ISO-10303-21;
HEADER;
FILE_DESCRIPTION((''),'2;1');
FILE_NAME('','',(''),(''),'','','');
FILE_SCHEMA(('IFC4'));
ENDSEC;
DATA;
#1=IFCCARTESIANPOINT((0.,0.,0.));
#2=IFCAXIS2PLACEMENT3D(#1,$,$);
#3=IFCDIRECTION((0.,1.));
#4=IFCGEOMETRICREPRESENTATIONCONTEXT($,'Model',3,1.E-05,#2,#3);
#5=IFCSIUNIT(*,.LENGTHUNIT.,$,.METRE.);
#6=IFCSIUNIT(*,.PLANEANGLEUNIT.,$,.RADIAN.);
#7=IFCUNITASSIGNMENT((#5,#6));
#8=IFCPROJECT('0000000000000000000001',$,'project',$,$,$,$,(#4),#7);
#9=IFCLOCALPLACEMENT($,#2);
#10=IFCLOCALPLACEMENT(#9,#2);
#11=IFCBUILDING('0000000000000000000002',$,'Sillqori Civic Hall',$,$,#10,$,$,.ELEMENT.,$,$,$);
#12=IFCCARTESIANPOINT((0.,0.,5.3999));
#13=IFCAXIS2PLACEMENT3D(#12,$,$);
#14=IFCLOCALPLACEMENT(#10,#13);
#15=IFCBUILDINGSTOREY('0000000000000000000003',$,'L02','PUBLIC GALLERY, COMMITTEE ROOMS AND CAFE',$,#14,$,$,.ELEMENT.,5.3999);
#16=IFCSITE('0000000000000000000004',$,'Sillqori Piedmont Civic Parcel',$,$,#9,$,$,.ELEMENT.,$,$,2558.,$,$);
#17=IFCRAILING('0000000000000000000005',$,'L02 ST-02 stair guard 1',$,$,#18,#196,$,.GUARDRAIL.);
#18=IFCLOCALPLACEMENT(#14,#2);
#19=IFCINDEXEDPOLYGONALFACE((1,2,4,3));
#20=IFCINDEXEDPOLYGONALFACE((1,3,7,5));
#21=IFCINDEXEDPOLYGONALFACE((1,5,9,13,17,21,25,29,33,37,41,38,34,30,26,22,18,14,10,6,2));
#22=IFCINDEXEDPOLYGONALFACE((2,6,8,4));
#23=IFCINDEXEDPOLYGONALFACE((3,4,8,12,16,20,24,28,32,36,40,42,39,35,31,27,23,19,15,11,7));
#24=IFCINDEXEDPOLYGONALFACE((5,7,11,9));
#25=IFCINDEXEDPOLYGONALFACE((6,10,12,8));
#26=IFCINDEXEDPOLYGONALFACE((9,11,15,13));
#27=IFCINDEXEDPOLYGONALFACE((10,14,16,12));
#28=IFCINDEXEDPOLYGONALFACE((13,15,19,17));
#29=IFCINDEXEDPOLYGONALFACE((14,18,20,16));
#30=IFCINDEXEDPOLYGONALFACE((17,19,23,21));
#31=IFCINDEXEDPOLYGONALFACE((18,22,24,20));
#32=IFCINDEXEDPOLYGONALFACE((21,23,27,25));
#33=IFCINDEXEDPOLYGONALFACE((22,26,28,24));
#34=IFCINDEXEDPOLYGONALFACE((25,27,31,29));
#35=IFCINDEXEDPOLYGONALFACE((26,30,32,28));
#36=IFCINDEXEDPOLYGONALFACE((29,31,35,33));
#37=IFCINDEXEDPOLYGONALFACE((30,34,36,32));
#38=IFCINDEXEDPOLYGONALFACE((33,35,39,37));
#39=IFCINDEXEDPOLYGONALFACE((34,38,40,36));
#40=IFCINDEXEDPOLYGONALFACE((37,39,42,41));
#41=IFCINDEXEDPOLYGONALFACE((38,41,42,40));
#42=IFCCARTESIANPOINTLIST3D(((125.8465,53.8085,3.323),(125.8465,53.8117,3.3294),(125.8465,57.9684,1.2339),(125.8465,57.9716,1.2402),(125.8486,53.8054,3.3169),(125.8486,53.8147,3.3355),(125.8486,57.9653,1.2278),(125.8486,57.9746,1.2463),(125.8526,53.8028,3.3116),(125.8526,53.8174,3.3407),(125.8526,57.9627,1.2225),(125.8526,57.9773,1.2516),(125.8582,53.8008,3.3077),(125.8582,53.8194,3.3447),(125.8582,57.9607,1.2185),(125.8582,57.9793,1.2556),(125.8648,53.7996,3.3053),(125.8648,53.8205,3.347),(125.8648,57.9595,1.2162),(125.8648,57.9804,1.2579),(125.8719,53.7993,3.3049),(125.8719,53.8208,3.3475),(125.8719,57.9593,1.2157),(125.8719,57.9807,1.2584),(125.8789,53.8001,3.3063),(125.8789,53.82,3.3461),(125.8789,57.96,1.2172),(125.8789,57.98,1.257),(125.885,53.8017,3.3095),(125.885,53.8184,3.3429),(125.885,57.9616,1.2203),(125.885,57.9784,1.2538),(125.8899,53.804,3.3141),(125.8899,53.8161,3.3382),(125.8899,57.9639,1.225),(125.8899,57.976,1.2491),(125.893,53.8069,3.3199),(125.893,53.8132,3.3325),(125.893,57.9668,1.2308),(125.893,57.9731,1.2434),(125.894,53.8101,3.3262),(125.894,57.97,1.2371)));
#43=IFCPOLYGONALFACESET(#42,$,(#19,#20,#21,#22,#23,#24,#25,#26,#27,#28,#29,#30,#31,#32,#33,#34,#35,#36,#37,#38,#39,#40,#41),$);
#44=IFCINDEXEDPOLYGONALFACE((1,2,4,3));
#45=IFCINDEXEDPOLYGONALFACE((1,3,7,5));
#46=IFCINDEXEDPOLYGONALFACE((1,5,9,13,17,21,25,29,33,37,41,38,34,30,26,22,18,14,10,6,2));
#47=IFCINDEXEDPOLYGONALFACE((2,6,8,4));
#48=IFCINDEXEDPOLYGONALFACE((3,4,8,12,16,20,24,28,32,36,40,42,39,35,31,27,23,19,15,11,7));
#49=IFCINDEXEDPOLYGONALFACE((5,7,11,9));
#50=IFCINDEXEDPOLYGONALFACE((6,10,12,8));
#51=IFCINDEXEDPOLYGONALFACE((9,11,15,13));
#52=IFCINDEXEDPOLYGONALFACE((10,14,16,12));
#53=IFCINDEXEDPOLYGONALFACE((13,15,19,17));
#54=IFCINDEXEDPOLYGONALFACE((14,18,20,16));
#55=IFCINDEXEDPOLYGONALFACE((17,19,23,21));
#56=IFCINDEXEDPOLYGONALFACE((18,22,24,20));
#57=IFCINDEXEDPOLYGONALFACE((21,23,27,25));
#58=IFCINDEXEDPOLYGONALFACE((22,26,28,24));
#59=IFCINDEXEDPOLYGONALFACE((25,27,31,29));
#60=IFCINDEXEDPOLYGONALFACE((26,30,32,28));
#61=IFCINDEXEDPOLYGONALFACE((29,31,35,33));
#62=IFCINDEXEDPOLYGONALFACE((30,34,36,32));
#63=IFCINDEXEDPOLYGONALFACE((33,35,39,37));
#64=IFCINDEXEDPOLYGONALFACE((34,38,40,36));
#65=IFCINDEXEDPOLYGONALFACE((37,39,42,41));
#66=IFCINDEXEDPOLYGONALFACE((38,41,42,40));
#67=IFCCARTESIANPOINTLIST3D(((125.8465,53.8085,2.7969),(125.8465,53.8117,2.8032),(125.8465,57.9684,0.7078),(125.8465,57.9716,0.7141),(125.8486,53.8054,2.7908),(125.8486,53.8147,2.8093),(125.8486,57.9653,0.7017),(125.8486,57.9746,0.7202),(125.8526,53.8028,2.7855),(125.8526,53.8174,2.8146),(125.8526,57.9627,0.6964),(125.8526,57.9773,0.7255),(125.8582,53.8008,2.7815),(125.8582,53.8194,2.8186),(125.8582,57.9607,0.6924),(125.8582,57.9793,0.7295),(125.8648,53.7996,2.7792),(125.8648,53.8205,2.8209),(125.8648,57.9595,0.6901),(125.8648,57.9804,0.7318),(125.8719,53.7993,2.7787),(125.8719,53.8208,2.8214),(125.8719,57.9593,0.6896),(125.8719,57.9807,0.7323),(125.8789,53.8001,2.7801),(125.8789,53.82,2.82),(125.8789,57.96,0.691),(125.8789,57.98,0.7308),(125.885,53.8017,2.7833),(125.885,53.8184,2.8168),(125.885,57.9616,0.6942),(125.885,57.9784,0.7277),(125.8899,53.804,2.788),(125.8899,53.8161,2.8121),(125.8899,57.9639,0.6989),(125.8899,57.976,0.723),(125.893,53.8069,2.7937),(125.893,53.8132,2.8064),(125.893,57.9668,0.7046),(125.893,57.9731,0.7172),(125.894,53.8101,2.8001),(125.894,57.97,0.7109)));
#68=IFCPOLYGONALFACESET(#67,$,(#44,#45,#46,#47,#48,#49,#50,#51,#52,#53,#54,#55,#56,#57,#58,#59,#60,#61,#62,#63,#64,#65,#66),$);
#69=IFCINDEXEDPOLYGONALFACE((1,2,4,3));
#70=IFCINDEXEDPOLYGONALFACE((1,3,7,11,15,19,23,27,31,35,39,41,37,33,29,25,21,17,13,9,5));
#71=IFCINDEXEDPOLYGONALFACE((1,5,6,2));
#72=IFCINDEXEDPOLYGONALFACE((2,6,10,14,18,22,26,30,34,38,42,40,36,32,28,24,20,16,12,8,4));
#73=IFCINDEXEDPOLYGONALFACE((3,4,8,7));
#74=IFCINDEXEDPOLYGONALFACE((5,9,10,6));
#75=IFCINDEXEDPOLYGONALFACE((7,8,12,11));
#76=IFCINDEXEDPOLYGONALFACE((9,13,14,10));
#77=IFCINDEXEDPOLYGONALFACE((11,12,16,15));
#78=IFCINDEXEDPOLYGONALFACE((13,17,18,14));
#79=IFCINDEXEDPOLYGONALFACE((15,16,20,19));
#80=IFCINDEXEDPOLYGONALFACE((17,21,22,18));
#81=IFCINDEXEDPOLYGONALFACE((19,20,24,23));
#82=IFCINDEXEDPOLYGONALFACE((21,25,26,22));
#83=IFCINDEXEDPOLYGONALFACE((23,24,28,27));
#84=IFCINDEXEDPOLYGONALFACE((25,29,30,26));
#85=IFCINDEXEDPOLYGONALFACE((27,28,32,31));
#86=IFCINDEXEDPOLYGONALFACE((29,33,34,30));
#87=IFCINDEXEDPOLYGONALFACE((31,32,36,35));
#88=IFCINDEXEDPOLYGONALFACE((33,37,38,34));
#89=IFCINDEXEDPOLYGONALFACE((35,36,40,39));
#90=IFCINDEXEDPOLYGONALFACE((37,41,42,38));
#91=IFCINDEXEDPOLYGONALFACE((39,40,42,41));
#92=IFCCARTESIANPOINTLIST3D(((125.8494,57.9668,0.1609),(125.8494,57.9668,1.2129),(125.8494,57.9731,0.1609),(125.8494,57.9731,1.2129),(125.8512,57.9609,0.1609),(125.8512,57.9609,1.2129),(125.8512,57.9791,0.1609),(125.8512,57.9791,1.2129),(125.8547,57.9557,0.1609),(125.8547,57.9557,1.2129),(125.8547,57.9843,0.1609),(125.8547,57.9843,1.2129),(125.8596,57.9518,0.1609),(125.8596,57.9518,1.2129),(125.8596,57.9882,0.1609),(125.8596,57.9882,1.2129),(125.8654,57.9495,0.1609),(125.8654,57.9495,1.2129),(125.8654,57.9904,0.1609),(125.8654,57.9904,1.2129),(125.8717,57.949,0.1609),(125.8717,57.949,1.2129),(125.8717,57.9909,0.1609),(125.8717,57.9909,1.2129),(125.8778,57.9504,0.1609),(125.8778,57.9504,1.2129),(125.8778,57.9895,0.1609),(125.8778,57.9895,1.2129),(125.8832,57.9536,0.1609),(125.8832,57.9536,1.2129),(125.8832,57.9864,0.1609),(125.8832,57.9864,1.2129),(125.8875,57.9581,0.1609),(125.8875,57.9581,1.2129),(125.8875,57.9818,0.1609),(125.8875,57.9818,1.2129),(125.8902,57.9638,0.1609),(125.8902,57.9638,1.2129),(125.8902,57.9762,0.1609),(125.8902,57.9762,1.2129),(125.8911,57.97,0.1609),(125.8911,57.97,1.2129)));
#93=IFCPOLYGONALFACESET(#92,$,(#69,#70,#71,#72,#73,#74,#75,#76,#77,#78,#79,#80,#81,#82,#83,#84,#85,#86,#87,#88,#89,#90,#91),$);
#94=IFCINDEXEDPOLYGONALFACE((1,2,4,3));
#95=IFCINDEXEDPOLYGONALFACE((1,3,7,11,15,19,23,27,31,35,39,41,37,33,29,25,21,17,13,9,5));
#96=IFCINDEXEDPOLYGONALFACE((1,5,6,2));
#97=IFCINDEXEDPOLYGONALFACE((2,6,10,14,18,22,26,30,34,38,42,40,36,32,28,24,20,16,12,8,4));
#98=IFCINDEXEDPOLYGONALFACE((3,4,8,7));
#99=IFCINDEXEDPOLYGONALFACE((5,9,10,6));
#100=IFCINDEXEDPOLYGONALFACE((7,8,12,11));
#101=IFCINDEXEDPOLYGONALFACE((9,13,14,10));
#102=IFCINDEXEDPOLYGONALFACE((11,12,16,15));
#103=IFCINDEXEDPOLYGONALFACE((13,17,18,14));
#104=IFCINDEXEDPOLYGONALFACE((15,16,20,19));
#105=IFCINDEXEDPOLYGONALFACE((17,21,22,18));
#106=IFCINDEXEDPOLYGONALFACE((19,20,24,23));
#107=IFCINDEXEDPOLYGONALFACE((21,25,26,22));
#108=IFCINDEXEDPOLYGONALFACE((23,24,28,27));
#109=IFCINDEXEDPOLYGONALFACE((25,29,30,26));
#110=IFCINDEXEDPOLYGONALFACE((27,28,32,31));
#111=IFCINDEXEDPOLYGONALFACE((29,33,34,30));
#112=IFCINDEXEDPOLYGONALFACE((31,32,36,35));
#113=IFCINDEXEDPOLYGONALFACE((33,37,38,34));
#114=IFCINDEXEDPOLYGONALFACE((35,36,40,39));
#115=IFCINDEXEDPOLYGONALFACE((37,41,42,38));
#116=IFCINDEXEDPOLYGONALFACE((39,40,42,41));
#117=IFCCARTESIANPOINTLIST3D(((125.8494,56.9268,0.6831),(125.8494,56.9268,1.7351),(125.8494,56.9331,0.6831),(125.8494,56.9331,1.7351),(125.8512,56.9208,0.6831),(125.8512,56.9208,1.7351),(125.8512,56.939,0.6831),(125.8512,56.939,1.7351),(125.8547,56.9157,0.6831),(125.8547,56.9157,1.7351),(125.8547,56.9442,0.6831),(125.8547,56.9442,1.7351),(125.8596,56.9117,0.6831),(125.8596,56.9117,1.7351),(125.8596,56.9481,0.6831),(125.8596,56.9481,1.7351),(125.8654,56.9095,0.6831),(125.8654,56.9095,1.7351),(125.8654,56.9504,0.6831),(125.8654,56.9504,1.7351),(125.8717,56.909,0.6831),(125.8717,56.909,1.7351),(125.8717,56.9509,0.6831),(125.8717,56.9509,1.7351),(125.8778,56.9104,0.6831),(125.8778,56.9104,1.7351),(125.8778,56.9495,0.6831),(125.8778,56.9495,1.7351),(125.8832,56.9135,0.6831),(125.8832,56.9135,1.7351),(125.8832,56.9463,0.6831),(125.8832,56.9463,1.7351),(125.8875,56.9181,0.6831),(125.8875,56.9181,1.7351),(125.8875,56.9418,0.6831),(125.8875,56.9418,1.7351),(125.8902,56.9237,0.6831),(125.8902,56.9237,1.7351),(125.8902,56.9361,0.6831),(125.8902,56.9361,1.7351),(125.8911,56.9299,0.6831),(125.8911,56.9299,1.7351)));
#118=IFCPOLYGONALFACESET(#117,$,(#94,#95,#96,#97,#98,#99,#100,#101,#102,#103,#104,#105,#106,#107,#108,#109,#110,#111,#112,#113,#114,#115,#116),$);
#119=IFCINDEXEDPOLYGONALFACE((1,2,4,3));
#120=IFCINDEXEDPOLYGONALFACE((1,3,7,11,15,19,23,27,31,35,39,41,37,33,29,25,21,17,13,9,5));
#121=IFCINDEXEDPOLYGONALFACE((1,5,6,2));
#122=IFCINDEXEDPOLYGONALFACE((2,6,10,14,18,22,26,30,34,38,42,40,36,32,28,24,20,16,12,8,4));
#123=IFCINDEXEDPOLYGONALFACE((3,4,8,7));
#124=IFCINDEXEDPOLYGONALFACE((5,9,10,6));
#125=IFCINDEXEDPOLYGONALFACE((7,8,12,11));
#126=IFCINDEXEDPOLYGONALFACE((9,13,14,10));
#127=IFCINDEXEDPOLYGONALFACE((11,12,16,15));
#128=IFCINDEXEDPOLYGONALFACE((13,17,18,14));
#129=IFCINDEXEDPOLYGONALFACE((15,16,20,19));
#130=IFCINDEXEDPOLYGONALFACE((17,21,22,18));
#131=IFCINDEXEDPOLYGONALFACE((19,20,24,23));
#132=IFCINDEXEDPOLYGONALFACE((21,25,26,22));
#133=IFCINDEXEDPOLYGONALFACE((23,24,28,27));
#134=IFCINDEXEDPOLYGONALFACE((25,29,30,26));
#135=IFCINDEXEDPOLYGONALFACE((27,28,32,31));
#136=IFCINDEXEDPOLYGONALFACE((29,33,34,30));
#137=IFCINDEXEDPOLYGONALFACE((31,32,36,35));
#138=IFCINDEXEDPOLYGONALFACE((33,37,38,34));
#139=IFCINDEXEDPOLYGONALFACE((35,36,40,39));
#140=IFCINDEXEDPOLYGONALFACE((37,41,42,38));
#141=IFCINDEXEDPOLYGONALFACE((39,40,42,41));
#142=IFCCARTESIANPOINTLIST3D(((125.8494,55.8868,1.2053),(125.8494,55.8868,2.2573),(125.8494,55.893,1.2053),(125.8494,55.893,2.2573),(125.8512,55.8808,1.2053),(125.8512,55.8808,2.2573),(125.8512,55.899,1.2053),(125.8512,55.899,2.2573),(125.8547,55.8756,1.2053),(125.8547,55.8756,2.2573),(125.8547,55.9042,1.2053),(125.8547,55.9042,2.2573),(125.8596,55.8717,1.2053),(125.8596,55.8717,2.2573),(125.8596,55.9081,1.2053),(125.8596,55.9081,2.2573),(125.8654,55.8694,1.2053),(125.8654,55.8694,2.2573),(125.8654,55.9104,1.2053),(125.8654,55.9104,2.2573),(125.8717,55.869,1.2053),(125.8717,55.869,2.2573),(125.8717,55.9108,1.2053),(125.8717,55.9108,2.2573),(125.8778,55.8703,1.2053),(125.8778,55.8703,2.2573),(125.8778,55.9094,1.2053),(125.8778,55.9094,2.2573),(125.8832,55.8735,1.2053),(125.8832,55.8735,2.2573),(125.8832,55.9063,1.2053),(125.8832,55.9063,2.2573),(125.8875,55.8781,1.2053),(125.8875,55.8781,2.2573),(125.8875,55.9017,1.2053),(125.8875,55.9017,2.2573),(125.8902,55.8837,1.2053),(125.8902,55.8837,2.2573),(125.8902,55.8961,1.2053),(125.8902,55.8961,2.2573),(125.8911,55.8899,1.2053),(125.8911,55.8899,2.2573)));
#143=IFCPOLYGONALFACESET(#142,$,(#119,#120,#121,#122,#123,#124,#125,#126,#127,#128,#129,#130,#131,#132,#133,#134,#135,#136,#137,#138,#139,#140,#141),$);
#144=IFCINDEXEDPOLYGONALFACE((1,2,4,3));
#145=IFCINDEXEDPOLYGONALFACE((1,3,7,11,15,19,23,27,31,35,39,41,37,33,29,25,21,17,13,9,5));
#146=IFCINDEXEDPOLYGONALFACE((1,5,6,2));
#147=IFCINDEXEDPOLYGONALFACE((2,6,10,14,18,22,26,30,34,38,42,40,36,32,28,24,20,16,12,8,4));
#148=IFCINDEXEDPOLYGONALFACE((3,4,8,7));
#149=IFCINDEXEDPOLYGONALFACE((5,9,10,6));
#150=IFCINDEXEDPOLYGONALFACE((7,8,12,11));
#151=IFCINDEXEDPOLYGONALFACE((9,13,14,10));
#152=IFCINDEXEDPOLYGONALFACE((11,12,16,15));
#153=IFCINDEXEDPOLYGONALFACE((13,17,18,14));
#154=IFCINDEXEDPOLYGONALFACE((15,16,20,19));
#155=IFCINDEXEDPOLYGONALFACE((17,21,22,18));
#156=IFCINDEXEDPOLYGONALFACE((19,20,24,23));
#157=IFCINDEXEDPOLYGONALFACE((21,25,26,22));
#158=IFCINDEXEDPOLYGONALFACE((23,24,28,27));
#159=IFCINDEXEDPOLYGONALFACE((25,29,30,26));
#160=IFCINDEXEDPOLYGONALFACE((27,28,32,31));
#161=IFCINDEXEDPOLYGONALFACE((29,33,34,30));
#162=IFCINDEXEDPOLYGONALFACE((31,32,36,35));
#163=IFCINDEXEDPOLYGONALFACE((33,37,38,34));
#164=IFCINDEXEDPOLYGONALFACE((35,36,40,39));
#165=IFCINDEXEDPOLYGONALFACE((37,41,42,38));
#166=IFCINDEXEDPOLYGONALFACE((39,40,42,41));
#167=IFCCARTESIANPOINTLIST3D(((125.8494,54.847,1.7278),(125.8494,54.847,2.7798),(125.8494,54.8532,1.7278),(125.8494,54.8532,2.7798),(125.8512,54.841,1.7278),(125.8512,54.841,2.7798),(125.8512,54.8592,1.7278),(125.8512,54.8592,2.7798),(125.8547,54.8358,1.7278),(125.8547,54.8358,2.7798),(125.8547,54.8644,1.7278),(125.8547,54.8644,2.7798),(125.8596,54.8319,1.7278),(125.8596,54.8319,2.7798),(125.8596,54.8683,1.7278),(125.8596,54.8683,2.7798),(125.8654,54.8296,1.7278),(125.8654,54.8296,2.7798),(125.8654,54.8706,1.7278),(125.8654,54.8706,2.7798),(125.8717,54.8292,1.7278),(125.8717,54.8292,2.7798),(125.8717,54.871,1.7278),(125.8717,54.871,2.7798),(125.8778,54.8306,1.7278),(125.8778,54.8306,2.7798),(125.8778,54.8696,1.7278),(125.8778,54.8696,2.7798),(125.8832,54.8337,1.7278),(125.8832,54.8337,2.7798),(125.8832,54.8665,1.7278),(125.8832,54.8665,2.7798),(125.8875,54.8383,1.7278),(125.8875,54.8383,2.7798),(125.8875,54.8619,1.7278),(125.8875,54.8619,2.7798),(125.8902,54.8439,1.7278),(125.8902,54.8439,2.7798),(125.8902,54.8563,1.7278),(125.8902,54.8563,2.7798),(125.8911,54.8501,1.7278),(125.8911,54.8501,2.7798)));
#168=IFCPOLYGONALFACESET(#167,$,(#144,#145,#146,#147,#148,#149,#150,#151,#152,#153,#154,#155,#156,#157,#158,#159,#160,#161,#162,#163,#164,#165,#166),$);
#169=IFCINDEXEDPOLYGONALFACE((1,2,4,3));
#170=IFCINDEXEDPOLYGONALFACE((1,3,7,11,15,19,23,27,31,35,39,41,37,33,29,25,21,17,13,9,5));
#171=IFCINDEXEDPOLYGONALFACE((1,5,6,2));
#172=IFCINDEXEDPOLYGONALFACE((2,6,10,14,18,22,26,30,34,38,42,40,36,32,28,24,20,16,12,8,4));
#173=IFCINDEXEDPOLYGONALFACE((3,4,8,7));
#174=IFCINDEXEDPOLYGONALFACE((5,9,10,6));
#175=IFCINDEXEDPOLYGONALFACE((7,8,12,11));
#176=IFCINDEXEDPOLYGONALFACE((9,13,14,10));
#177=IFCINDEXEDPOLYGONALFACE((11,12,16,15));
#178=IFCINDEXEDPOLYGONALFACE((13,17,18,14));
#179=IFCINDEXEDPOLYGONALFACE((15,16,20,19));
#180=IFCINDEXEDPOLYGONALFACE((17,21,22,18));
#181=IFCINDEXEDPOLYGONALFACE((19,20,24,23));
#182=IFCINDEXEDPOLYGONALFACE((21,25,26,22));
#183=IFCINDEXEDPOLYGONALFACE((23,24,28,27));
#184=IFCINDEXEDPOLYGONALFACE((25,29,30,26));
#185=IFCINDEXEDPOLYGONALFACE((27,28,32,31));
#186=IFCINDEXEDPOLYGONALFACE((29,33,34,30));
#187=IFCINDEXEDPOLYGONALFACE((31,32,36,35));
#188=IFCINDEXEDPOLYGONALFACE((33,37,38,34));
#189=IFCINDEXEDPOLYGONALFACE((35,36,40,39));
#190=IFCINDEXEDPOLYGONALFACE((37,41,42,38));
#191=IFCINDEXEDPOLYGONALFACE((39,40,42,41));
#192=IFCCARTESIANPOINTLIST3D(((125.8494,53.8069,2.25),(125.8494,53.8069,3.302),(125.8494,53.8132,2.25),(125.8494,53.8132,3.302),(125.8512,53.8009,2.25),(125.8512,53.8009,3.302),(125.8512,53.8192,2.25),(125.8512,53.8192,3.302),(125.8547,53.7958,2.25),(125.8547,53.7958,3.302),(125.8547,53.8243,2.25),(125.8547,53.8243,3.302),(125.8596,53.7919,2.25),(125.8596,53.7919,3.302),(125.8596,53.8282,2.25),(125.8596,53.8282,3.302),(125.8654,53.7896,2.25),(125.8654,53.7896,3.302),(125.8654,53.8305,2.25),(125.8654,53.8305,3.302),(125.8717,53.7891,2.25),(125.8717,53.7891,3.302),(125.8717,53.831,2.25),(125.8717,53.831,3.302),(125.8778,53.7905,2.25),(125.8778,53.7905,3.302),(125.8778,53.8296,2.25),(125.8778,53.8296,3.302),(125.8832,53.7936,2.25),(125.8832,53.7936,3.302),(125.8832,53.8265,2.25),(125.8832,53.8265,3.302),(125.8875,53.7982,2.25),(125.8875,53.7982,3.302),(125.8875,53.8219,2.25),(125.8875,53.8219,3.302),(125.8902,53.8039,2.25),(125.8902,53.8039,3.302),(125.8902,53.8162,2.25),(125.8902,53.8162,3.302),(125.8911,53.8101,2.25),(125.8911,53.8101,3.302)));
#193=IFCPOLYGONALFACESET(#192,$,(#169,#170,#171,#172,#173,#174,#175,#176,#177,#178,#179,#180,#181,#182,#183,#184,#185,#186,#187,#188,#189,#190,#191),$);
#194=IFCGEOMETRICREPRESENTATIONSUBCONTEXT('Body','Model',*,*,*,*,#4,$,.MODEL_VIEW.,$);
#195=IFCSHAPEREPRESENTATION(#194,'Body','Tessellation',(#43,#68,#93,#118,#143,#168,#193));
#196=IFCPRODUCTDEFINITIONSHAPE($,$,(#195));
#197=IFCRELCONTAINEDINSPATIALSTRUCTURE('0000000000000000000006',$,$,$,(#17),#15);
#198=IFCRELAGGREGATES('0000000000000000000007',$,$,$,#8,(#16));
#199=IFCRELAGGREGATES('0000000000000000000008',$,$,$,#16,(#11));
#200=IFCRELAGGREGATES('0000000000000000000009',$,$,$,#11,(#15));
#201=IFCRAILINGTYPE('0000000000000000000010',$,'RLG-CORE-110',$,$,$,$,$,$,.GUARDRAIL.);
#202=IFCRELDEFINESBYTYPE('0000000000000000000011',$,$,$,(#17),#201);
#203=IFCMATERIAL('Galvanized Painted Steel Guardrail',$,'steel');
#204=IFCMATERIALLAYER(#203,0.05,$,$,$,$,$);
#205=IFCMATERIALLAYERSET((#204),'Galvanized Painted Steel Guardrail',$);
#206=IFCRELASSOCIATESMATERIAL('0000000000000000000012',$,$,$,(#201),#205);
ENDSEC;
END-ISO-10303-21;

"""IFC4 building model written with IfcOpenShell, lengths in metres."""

from ifc_helpers import new_model, si_unit, direction, frame, origin, origin_2d, place, context, subcontext, project, spatial, circle, extrude, material, layer, layer_set, type_object, element, save


model = new_model("IFC4")

# Units and contexts
model_context = context("Model", 3, precision=1e-05, world=origin(), true_north=direction((0.0, 1.0)))
body_context = subcontext(model_context, "Body", "Model", "MODEL_VIEW")
ifc_project = project(units=[si_unit("LENGTHUNIT", "METRE"), si_unit("PLANEANGLEUNIT", "RADIAN")], contexts=[model_context])

# Site, building, storey
site_placement = place(None, origin())
site = spatial("IfcSite", under=ifc_project, at=site_placement, Name="Sillqori Piedmont Civic Parcel", CompositionType="ELEMENT", RefElevation=2558.0)
building_placement = place(site_placement, origin())
building = spatial("IfcBuilding", under=site, at=building_placement, Name="Sillqori Civic Hall", CompositionType="ELEMENT")
storey_placement = place(building_placement, frame((0.0, 0.0, 5.3999)))
storey = spatial("IfcBuildingStorey", under=building, at=storey_placement, Name="L02", Description="PUBLIC GALLERY, COMMITTEE ROOMS AND CAFE", CompositionType="ELEMENT", Elevation=5.3999)

# Railing
ifc_material_1 = material(Name="Galvanized Painted Steel Guardrail", Category="steel")
ifc_layer_1 = layer(ifc_material_1, 0.05)
ifc_layer_set_1 = layer_set([ifc_layer_1], Name="Galvanized Painted Steel Guardrail")
railing_type = type_object("IfcRailingType", Name="RLG-CORE-110", PredefinedType="GUARDRAIL", material=ifc_layer_set_1)
railing_1_placement = place(storey_placement, frame((125.8701, 57.97, 0.1609)))
element("IfcRailing", 1, at=railing_1_placement, inside=storey, type_object=railing_type, Name="L02 ST-02 stair guard 1", PredefinedType="GUARDRAIL", context=body_context, shape_type="SweptSolid", body=[
    extrude(circle(Radius=0.0239, at=origin_2d()), frame((0.0, 0.0, 1.0762), z_axis=(0.0, -0.893639, 0.448786), x_axis=(1.0, 0.0, 0.0)), (0.0, 0.0, 1.0), 4.655),
    extrude(circle(Radius=0.0239, at=origin_2d()), frame((0.0, 0.0, 0.55), z_axis=(0.0, -0.893639, 0.448786), x_axis=(1.0, 0.0, 0.0)), (0.0, 0.0, 1.0), 4.655),
    extrude(circle(Radius=0.021, at=origin_2d()), origin(), (0.0, 0.0, 1.0), 1.052),
    extrude(circle(Radius=0.021, at=origin_2d()), frame((0.0, -1.04, 0.5222)), (0.0, 0.0, 1.0), 1.052),
    extrude(circle(Radius=0.021, at=origin_2d()), frame((0.0, -2.0801, 1.0444)), (0.0, 0.0, 1.0), 1.052),
    extrude(circle(Radius=0.021, at=origin_2d()), frame((0.0, -3.1199, 1.5669)), (0.0, 0.0, 1.0), 1.052),
    extrude(circle(Radius=0.021, at=origin_2d()), frame((0.0, -4.1599, 2.0891)), (0.0, 0.0, 1.0), 1.052),
])

save(model, "model.ifc")
